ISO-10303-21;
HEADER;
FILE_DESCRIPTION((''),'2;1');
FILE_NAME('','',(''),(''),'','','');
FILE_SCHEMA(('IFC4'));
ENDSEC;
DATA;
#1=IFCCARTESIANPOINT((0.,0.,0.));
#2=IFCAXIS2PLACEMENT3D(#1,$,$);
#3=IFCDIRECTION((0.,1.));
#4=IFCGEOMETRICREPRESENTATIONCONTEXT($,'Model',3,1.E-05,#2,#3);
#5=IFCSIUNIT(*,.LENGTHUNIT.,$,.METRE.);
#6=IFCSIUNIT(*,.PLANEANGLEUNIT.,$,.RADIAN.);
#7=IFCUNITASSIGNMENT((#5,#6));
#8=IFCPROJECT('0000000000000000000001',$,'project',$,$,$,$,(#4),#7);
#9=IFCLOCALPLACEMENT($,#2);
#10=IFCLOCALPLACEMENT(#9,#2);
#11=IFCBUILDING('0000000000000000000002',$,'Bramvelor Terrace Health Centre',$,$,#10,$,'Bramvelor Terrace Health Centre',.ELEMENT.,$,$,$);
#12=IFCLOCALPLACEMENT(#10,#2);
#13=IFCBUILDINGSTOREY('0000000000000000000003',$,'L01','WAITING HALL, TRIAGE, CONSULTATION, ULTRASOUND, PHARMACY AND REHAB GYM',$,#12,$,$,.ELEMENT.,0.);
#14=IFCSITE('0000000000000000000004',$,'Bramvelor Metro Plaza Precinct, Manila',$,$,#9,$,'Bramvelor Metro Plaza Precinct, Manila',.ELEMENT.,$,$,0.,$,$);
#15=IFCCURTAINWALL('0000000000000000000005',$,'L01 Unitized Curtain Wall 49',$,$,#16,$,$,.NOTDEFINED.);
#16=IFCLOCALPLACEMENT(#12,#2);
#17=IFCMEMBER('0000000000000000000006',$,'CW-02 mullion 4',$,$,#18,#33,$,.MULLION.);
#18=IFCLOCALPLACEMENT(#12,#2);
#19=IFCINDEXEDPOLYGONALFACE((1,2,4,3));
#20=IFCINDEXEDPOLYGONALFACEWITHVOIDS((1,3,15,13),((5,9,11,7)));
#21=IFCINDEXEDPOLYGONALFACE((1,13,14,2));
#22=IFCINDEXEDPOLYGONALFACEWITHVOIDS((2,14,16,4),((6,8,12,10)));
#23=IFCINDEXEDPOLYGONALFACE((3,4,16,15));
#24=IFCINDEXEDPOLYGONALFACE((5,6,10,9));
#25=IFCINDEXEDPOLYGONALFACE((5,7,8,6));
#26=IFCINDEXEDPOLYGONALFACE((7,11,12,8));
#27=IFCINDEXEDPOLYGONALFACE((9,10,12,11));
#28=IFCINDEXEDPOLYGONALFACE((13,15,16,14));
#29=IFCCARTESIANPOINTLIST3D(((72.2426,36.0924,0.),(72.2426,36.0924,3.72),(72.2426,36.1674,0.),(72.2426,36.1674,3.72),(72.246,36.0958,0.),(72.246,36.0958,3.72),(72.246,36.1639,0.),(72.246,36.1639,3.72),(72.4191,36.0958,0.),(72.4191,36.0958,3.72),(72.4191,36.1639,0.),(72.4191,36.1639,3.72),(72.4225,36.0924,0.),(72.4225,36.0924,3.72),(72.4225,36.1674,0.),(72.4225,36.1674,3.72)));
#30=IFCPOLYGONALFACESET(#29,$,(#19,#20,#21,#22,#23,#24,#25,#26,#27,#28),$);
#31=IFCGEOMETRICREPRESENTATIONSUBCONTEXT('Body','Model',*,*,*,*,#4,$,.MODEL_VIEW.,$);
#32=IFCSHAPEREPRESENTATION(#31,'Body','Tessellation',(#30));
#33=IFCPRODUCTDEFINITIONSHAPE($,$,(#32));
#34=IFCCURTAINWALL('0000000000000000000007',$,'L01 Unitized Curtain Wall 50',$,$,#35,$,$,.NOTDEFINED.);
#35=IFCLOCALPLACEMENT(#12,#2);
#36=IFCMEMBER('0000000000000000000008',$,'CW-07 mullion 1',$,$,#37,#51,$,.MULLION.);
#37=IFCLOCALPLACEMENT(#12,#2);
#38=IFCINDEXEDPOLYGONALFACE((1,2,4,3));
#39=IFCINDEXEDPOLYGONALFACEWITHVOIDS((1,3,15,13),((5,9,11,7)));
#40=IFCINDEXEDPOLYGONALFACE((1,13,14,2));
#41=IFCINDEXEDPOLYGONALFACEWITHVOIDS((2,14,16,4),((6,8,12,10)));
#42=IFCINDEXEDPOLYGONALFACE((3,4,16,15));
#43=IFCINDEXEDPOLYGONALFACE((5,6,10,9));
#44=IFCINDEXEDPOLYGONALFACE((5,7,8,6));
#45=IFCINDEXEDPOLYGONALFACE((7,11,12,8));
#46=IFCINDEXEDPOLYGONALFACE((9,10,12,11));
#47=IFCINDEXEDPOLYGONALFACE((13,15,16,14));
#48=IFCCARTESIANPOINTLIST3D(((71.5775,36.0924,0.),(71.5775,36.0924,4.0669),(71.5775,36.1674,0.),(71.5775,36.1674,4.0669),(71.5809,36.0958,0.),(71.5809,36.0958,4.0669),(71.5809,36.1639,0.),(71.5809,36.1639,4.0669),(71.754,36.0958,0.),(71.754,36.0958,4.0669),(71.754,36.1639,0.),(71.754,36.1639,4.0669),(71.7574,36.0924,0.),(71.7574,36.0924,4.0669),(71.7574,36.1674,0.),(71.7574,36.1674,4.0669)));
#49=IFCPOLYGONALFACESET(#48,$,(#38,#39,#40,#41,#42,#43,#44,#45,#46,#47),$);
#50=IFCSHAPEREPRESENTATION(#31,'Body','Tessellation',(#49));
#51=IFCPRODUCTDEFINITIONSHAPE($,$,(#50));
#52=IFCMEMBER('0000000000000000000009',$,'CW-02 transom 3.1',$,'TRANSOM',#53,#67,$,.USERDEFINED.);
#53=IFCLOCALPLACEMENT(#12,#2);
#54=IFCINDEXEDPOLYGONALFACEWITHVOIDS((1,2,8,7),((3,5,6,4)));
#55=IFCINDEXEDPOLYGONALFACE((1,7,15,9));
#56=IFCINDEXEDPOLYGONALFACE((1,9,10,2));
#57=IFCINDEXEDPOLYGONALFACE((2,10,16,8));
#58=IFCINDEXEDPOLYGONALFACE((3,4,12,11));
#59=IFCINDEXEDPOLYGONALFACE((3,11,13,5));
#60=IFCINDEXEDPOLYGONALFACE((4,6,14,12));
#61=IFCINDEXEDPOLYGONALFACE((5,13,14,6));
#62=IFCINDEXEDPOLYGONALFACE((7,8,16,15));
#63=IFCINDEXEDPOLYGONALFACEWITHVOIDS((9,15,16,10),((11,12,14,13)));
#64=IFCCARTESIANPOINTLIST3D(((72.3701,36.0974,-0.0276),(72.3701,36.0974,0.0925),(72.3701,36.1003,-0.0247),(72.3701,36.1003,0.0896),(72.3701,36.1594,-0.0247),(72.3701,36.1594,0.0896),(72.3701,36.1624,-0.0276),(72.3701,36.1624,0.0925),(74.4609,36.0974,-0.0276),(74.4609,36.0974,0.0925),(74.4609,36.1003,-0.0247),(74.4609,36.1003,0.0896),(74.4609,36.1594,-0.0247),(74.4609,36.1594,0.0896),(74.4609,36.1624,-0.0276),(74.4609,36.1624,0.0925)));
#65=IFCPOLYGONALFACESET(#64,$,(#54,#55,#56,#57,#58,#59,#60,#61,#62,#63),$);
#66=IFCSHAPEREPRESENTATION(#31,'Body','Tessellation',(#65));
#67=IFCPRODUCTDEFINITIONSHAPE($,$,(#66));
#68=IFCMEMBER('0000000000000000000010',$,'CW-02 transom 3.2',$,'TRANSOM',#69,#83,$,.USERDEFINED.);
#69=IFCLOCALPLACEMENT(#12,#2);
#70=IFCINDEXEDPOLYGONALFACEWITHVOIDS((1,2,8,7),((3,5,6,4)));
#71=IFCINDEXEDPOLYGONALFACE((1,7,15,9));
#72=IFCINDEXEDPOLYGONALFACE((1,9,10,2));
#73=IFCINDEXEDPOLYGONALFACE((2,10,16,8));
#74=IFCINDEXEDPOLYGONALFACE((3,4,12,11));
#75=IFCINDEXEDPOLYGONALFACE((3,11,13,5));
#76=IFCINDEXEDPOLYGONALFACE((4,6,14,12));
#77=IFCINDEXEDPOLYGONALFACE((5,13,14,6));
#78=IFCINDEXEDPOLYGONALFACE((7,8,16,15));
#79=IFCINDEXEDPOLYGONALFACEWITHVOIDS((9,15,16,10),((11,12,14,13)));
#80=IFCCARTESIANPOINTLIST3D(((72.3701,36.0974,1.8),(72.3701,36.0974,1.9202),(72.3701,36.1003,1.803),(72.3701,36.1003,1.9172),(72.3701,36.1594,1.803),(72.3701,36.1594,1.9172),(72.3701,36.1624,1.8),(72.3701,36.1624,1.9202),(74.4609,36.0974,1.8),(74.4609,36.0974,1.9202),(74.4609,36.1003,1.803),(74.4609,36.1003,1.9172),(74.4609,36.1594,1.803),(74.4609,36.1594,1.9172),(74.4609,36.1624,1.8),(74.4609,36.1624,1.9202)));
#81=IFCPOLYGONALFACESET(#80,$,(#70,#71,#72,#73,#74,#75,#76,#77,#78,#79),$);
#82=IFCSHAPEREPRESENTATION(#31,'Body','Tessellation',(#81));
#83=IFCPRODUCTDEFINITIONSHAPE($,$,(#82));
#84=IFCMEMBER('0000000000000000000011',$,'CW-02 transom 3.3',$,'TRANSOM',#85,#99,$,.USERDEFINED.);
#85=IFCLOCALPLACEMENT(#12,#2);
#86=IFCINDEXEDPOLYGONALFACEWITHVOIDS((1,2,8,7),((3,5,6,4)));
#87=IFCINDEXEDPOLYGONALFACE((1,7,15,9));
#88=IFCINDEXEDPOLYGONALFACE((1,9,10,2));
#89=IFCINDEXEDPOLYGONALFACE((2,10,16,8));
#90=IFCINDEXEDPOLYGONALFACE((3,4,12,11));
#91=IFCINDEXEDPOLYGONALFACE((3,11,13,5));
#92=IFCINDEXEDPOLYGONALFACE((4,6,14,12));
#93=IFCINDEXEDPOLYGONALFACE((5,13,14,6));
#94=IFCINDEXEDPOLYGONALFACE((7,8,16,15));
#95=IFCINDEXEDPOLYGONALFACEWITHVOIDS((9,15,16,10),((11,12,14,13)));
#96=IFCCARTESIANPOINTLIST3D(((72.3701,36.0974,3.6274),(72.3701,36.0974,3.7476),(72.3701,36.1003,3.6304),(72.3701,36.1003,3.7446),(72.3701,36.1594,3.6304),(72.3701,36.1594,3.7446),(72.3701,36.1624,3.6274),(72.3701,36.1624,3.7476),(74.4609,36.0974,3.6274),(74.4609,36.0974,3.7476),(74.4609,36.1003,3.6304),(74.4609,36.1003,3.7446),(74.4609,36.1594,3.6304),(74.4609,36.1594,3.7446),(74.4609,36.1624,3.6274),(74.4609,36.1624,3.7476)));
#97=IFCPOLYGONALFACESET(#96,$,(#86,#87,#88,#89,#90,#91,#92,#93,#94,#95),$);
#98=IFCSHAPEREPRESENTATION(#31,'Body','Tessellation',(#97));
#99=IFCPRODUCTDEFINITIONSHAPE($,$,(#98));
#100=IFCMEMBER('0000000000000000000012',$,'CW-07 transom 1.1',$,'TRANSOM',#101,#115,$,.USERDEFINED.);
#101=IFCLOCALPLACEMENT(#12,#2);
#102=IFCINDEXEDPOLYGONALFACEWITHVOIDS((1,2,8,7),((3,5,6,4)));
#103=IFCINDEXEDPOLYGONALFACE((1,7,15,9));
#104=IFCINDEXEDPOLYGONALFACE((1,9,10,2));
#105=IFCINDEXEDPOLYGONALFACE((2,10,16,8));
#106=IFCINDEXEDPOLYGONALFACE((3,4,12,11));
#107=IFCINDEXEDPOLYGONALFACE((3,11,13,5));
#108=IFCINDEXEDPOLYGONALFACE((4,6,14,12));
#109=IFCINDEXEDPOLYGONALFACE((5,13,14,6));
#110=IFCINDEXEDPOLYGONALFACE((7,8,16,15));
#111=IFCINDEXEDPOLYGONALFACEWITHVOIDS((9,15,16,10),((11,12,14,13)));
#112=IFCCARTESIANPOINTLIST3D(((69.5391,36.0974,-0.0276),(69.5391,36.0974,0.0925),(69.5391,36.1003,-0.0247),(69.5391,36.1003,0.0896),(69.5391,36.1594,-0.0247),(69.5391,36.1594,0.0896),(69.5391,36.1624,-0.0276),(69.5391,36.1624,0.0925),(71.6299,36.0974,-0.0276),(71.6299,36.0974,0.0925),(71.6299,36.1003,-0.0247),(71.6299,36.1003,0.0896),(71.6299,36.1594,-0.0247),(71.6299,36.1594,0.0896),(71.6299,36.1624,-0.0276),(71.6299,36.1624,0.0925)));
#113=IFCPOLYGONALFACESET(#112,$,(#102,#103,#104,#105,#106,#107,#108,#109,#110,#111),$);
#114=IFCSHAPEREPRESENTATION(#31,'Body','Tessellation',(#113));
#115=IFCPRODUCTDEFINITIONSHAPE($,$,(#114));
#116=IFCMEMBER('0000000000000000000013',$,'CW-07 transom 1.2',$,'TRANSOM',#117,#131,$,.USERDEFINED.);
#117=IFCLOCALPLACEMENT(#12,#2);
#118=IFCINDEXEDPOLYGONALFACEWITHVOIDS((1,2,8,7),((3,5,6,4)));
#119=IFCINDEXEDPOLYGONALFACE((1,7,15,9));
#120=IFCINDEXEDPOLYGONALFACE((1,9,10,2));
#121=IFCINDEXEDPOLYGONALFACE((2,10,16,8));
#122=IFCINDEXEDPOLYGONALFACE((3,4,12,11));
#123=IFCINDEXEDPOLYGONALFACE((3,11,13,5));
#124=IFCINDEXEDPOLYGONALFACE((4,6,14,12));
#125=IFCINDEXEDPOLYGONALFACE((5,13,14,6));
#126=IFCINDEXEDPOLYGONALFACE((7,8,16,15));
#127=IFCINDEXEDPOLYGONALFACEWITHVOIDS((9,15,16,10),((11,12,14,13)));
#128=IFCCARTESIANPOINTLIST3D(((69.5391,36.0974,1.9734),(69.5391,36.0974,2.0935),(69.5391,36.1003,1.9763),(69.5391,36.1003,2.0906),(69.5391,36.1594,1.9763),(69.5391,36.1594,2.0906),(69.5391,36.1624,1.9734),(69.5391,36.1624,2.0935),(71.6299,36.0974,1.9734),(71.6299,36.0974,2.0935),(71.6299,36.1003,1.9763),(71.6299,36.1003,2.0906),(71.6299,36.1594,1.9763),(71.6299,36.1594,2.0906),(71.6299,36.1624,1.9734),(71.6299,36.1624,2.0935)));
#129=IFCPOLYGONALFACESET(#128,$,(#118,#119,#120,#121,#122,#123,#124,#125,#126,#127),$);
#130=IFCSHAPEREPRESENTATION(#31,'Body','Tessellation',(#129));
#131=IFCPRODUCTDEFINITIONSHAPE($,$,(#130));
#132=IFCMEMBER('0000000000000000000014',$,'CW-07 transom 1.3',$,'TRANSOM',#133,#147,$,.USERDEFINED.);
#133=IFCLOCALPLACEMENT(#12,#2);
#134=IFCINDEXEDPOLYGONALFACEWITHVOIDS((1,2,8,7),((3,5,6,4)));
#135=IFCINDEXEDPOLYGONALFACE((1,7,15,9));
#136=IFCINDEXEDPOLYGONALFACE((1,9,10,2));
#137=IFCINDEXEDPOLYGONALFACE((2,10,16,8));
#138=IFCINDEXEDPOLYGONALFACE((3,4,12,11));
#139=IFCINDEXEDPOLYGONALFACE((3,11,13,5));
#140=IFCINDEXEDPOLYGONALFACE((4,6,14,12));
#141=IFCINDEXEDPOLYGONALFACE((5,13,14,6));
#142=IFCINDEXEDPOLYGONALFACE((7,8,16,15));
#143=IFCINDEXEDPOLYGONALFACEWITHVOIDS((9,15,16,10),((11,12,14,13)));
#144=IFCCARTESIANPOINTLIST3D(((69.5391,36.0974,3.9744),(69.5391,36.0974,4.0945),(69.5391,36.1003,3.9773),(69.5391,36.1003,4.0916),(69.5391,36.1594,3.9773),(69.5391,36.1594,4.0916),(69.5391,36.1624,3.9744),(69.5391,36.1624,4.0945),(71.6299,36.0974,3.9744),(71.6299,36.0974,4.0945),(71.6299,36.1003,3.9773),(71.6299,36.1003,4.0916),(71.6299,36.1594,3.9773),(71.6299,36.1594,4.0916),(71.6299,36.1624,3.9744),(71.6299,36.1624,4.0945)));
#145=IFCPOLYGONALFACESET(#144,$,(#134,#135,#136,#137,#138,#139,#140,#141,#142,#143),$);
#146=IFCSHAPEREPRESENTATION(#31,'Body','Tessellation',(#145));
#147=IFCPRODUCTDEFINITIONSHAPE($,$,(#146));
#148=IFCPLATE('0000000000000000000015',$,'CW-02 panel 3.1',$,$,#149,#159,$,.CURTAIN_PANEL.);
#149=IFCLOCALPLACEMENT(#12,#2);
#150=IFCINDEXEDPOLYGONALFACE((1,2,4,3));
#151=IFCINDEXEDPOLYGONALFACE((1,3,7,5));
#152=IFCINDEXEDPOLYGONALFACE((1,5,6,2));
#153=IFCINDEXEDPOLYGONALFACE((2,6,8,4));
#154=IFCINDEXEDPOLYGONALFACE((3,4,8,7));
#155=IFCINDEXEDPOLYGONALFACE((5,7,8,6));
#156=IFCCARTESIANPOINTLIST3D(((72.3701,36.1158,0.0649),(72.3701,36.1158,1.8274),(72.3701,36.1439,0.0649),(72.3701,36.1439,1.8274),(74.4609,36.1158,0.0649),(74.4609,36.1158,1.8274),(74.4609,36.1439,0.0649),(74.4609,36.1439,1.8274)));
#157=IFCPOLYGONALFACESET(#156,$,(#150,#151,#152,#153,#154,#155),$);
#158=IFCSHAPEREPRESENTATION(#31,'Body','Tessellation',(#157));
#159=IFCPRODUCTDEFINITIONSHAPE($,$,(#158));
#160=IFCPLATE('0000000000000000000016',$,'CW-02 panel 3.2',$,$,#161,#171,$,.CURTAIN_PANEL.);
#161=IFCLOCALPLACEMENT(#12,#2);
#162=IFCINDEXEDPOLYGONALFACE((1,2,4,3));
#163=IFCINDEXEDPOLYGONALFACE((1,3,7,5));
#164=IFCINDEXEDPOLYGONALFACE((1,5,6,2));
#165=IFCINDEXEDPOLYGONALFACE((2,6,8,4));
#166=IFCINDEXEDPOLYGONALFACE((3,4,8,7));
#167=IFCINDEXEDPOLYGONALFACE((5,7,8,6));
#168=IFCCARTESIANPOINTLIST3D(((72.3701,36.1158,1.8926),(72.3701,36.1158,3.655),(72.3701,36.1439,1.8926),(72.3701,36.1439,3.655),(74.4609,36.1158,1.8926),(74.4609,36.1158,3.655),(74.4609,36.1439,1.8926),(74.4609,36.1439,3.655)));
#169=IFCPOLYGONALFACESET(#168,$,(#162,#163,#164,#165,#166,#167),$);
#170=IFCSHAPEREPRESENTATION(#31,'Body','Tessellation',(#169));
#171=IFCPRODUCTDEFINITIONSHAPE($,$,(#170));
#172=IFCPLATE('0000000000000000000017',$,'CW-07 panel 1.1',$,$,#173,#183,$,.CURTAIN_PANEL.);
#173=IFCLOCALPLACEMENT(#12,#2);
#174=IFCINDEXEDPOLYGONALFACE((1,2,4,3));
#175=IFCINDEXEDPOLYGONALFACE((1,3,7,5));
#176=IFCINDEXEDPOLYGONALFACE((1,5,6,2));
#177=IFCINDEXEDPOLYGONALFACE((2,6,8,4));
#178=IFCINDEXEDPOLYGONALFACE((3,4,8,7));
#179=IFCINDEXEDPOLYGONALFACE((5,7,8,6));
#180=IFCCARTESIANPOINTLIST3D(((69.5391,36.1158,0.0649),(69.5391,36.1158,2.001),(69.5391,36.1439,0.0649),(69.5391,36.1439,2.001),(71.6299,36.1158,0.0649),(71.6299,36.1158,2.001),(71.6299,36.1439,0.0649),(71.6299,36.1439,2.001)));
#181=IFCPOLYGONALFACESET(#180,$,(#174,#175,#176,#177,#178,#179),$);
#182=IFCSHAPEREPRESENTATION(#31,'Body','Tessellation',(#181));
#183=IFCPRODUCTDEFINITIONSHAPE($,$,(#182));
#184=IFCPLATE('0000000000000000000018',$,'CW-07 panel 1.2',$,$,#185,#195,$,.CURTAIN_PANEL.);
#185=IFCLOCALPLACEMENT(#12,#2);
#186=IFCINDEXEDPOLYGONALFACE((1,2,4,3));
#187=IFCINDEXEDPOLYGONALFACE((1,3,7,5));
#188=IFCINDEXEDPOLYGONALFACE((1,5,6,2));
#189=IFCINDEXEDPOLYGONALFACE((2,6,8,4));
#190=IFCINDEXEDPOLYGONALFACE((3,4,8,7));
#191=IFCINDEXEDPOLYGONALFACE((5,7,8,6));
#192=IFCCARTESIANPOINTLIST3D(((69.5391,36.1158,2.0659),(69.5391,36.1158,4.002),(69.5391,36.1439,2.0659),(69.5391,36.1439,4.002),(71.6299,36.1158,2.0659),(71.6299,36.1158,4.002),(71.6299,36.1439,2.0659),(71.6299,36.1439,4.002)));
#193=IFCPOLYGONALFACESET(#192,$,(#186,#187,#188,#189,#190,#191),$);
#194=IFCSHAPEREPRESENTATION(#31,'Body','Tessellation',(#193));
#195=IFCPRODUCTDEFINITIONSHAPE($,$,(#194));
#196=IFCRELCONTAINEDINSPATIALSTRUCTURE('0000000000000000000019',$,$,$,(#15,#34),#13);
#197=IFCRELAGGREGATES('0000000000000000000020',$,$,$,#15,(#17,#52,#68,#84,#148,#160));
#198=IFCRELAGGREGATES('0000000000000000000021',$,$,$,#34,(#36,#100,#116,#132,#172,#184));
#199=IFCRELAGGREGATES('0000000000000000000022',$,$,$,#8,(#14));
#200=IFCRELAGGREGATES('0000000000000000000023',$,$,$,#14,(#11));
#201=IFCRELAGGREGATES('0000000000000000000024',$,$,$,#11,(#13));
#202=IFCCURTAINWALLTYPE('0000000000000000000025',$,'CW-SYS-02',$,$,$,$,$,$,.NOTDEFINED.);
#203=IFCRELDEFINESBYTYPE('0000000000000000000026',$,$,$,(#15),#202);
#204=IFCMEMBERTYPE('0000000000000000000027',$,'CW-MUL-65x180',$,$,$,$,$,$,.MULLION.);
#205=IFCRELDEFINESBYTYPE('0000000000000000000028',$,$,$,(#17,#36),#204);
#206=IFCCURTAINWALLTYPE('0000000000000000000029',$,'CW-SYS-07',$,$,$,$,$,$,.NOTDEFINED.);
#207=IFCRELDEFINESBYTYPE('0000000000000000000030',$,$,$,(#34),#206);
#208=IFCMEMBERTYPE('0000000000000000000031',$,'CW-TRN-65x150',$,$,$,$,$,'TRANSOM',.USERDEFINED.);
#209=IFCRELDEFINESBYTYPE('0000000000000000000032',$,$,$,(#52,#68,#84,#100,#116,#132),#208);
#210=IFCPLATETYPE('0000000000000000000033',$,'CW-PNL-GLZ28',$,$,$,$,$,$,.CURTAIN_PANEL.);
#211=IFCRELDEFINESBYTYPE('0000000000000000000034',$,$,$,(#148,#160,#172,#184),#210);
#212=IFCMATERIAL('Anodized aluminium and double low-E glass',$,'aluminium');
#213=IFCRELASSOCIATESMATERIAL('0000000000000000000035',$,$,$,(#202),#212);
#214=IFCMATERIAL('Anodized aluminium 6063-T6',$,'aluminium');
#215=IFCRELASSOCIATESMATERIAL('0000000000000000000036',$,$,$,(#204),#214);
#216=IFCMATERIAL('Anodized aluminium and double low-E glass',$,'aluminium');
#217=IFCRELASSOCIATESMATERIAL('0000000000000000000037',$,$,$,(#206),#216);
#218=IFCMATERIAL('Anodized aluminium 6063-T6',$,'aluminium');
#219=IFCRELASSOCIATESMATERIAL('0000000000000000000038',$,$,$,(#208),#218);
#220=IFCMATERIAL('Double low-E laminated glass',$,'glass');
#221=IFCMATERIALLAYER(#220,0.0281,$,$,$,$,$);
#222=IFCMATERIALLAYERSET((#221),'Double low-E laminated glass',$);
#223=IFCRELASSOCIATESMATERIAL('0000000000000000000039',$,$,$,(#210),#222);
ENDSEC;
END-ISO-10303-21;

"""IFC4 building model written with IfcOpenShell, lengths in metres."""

from ifc_helpers import new_model, si_unit, direction, frame, origin, origin_2d, place, context, subcontext, project, spatial, rectangle, hollow_rectangle, extrude, material, layer, layer_set, material_profile, profile_set, type_object, element, aggregate, save


model = new_model("IFC4")

# Units and contexts
model_context = context("Model", 3, precision=1e-05, world=origin(), true_north=direction((0.0, 1.0)))
body_context = subcontext(model_context, "Body", "Model", "MODEL_VIEW")
ifc_project = project(units=[si_unit("LENGTHUNIT", "METRE"), si_unit("PLANEANGLEUNIT", "RADIAN")], contexts=[model_context])

# Site, building, storey
site_placement = place(None, origin())
site = spatial("IfcSite", under=ifc_project, at=site_placement, Name="Bramvelor Metro Plaza Precinct, Manila", LongName="Bramvelor Metro Plaza Precinct, Manila", CompositionType="ELEMENT", RefElevation=0.0)
building_placement = place(site_placement, origin())
building = spatial("IfcBuilding", under=site, at=building_placement, Name="Bramvelor Terrace Health Centre", LongName="Bramvelor Terrace Health Centre", CompositionType="ELEMENT")
storey_placement = place(building_placement, origin())
storey = spatial("IfcBuildingStorey", under=building, at=storey_placement, Name="L01", Description="WAITING HALL, TRIAGE, CONSULTATION, ULTRASOUND, PHARMACY AND REHAB GYM", CompositionType="ELEMENT", Elevation=0.0)

# Curtain walls, members
ifc_material_1 = material(Name="Anodized aluminium and double low-E glass", Category="aluminium")
curtain_wall_type_1 = type_object("IfcCurtainWallType", Name="CW-SYS-02", PredefinedType="NOTDEFINED", material=ifc_material_1)
curtain_wall_1_placement = place(storey_placement, origin())
curtain_wall_1 = element("IfcCurtainWall", 1, at=curtain_wall_1_placement, inside=storey, type_object=curtain_wall_type_1, Name="L01 Unitized Curtain Wall 49", PredefinedType="NOTDEFINED")
ifc_material_2 = material(Name="Anodized aluminium 6063-T6", Category="aluminium")
ifc_material_profile_1 = material_profile(ifc_material_2, hollow_rectangle(XDim=0.075, YDim=0.1799, WallThickness=0.0034, at=origin_2d()), Name="ALU-MUL 75x180x3.5")
ifc_profile_set_1 = profile_set([ifc_material_profile_1], Name="Anodized aluminium 6063-T6")
member_type_1 = type_object("IfcMemberType", Name="CW-MUL-65x180", PredefinedType="MULLION", material=ifc_profile_set_1)
member_1_placement = place(storey_placement, frame((72.3325, 36.1299, 0.0), z_axis=(0.0, 0.0, 1.0), x_axis=(0.0, -1.0, 0.0)))
member_1 = element("IfcMember", 2, at=member_1_placement, type_object=member_type_1, Name="CW-02 mullion 4", PredefinedType="MULLION", context=body_context, shape_type="SweptSolid", body=[
    extrude(hollow_rectangle(XDim=0.075, YDim=0.1799, WallThickness=0.0034, at=origin_2d()), origin(), (0.0, 0.0, 1.0), 3.72),
])
ifc_material_3 = material(Name="Anodized aluminium and double low-E glass", Category="aluminium")
curtain_wall_type_2 = type_object("IfcCurtainWallType", Name="CW-SYS-07", PredefinedType="NOTDEFINED", material=ifc_material_3)
curtain_wall_2_placement = place(storey_placement, origin())
curtain_wall_2 = element("IfcCurtainWall", 3, at=curtain_wall_2_placement, inside=storey, type_object=curtain_wall_type_2, Name="L01 Unitized Curtain Wall 50", PredefinedType="NOTDEFINED")
member_2_placement = place(storey_placement, frame((71.6675, 36.1299, 0.0), z_axis=(0.0, 0.0, 1.0), x_axis=(0.0, -1.0, 0.0)))
member_2 = element("IfcMember", 4, at=member_2_placement, type_object=member_type_1, Name="CW-07 mullion 1", PredefinedType="MULLION", context=body_context, shape_type="SweptSolid", body=[
    extrude(hollow_rectangle(XDim=0.075, YDim=0.1799, WallThickness=0.0034, at=origin_2d()), origin(), (0.0, 0.0, 1.0), 4.0669),
])

# Members
ifc_material_4 = material(Name="Anodized aluminium 6063-T6", Category="aluminium")
ifc_material_profile_2 = material_profile(ifc_material_4, hollow_rectangle(XDim=0.0649, YDim=0.1201, WallThickness=0.0029, at=origin_2d()), Name="ALU-TRN 65x120x3.0")
ifc_profile_set_2 = profile_set([ifc_material_profile_2], Name="Anodized aluminium 6063-T6")
member_type_2 = type_object("IfcMemberType", Name="CW-TRN-65x150", ElementType="TRANSOM", PredefinedType="USERDEFINED", material=ifc_profile_set_2)
member_3_placement = place(storey_placement, frame((74.4609, 36.1299, 0.0325), z_axis=(-1.0, 0.0, 0.0), x_axis=(0.0, -1.0, 0.0)))
member_3 = element("IfcMember", 5, at=member_3_placement, type_object=member_type_2, Name="CW-02 transom 3.1", ObjectType="TRANSOM", PredefinedType="USERDEFINED", context=body_context, shape_type="SweptSolid", body=[
    extrude(hollow_rectangle(XDim=0.0649, YDim=0.1201, WallThickness=0.0029, at=origin_2d()), origin(), (0.0, 0.0, 1.0), 2.0908),
])
member_4_placement = place(storey_placement, frame((74.4609, 36.1299, 1.8601), z_axis=(-1.0, 0.0, 0.0), x_axis=(0.0, -1.0, 0.0)))
member_4 = element("IfcMember", 6, at=member_4_placement, type_object=member_type_2, Name="CW-02 transom 3.2", ObjectType="TRANSOM", PredefinedType="USERDEFINED", context=body_context, shape_type="SweptSolid", body=[
    extrude(hollow_rectangle(XDim=0.0649, YDim=0.1201, WallThickness=0.0029, at=origin_2d()), origin(), (0.0, 0.0, 1.0), 2.0908),
])
member_5_placement = place(storey_placement, frame((74.4609, 36.1299, 3.6875), z_axis=(-1.0, 0.0, 0.0), x_axis=(0.0, -1.0, 0.0)))
member_5 = element("IfcMember", 7, at=member_5_placement, type_object=member_type_2, Name="CW-02 transom 3.3", ObjectType="TRANSOM", PredefinedType="USERDEFINED", context=body_context, shape_type="SweptSolid", body=[
    extrude(hollow_rectangle(XDim=0.0649, YDim=0.1201, WallThickness=0.0029, at=origin_2d()), origin(), (0.0, 0.0, 1.0), 2.0908),
])
member_6_placement = place(storey_placement, frame((71.6299, 36.1299, 0.0325), z_axis=(-1.0, 0.0, 0.0), x_axis=(0.0, -1.0, 0.0)))
member_6 = element("IfcMember", 8, at=member_6_placement, type_object=member_type_2, Name="CW-07 transom 1.1", ObjectType="TRANSOM", PredefinedType="USERDEFINED", context=body_context, shape_type="SweptSolid", body=[
    extrude(hollow_rectangle(XDim=0.0649, YDim=0.1201, WallThickness=0.0029, at=origin_2d()), origin(), (0.0, 0.0, 1.0), 2.0908),
])
member_7_placement = place(storey_placement, frame((71.6299, 36.1299, 2.0334), z_axis=(-1.0, 0.0, 0.0), x_axis=(0.0, -1.0, 0.0)))
member_7 = element("IfcMember", 9, at=member_7_placement, type_object=member_type_2, Name="CW-07 transom 1.2", ObjectType="TRANSOM", PredefinedType="USERDEFINED", context=body_context, shape_type="SweptSolid", body=[
    extrude(hollow_rectangle(XDim=0.0649, YDim=0.1201, WallThickness=0.0029, at=origin_2d()), origin(), (0.0, 0.0, 1.0), 2.0908),
])
member_8_placement = place(storey_placement, frame((71.6299, 36.1299, 4.0344), z_axis=(-1.0, 0.0, 0.0), x_axis=(0.0, -1.0, 0.0)))
member_8 = element("IfcMember", 10, at=member_8_placement, type_object=member_type_2, Name="CW-07 transom 1.3", ObjectType="TRANSOM", PredefinedType="USERDEFINED", context=body_context, shape_type="SweptSolid", body=[
    extrude(hollow_rectangle(XDim=0.0649, YDim=0.1201, WallThickness=0.0029, at=origin_2d()), origin(), (0.0, 0.0, 1.0), 2.0908),
])

# Plates
ifc_material_5 = material(Name="Double low-E laminated glass", Category="glass")
ifc_layer_1 = layer(ifc_material_5, 0.0281)
ifc_layer_set_1 = layer_set([ifc_layer_1], Name="Double low-E laminated glass")
plate_type = type_object("IfcPlateType", Name="CW-PNL-GLZ28", PredefinedType="CURTAIN_PANEL", material=ifc_layer_set_1)
plate_1_placement = place(storey_placement, frame((73.4155, 36.1299, 0.0649), z_axis=(0.0, 0.0, 1.0), x_axis=(-1.0, 0.0, 0.0)))
plate_1 = element("IfcPlate", 11, at=plate_1_placement, type_object=plate_type, Name="CW-02 panel 3.1", PredefinedType="CURTAIN_PANEL", context=body_context, shape_type="SweptSolid", body=[
    extrude(rectangle(XDim=2.0908, YDim=0.0281, at=origin_2d()), origin(), (0.0, 0.0, 1.0), 1.7625),
])
plate_2_placement = place(storey_placement, frame((73.4155, 36.1299, 1.8926), z_axis=(0.0, 0.0, 1.0), x_axis=(-1.0, 0.0, 0.0)))
plate_2 = element("IfcPlate", 12, at=plate_2_placement, type_object=plate_type, Name="CW-02 panel 3.2", PredefinedType="CURTAIN_PANEL", context=body_context, shape_type="SweptSolid", body=[
    extrude(rectangle(XDim=2.0908, YDim=0.0281, at=origin_2d()), origin(), (0.0, 0.0, 1.0), 1.7625),
])
aggregate(curtain_wall_1, [member_1, member_3, member_4, member_5, plate_1, plate_2])
plate_3_placement = place(storey_placement, frame((70.5845, 36.1299, 0.0649), z_axis=(0.0, 0.0, 1.0), x_axis=(-1.0, 0.0, 0.0)))
plate_3 = element("IfcPlate", 13, at=plate_3_placement, type_object=plate_type, Name="CW-07 panel 1.1", PredefinedType="CURTAIN_PANEL", context=body_context, shape_type="SweptSolid", body=[
    extrude(rectangle(XDim=2.0908, YDim=0.0281, at=origin_2d()), origin(), (0.0, 0.0, 1.0), 1.936),
])
plate_4_placement = place(storey_placement, frame((70.5845, 36.1299, 2.0659), z_axis=(0.0, 0.0, 1.0), x_axis=(-1.0, 0.0, 0.0)))
plate_4 = element("IfcPlate", 14, at=plate_4_placement, type_object=plate_type, Name="CW-07 panel 1.2", PredefinedType="CURTAIN_PANEL", context=body_context, shape_type="SweptSolid", body=[
    extrude(rectangle(XDim=2.0908, YDim=0.0281, at=origin_2d()), origin(), (0.0, 0.0, 1.0), 1.936),
])
aggregate(curtain_wall_2, [member_2, member_6, member_7, member_8, plate_3, plate_4])

save(model, "model.ifc")
